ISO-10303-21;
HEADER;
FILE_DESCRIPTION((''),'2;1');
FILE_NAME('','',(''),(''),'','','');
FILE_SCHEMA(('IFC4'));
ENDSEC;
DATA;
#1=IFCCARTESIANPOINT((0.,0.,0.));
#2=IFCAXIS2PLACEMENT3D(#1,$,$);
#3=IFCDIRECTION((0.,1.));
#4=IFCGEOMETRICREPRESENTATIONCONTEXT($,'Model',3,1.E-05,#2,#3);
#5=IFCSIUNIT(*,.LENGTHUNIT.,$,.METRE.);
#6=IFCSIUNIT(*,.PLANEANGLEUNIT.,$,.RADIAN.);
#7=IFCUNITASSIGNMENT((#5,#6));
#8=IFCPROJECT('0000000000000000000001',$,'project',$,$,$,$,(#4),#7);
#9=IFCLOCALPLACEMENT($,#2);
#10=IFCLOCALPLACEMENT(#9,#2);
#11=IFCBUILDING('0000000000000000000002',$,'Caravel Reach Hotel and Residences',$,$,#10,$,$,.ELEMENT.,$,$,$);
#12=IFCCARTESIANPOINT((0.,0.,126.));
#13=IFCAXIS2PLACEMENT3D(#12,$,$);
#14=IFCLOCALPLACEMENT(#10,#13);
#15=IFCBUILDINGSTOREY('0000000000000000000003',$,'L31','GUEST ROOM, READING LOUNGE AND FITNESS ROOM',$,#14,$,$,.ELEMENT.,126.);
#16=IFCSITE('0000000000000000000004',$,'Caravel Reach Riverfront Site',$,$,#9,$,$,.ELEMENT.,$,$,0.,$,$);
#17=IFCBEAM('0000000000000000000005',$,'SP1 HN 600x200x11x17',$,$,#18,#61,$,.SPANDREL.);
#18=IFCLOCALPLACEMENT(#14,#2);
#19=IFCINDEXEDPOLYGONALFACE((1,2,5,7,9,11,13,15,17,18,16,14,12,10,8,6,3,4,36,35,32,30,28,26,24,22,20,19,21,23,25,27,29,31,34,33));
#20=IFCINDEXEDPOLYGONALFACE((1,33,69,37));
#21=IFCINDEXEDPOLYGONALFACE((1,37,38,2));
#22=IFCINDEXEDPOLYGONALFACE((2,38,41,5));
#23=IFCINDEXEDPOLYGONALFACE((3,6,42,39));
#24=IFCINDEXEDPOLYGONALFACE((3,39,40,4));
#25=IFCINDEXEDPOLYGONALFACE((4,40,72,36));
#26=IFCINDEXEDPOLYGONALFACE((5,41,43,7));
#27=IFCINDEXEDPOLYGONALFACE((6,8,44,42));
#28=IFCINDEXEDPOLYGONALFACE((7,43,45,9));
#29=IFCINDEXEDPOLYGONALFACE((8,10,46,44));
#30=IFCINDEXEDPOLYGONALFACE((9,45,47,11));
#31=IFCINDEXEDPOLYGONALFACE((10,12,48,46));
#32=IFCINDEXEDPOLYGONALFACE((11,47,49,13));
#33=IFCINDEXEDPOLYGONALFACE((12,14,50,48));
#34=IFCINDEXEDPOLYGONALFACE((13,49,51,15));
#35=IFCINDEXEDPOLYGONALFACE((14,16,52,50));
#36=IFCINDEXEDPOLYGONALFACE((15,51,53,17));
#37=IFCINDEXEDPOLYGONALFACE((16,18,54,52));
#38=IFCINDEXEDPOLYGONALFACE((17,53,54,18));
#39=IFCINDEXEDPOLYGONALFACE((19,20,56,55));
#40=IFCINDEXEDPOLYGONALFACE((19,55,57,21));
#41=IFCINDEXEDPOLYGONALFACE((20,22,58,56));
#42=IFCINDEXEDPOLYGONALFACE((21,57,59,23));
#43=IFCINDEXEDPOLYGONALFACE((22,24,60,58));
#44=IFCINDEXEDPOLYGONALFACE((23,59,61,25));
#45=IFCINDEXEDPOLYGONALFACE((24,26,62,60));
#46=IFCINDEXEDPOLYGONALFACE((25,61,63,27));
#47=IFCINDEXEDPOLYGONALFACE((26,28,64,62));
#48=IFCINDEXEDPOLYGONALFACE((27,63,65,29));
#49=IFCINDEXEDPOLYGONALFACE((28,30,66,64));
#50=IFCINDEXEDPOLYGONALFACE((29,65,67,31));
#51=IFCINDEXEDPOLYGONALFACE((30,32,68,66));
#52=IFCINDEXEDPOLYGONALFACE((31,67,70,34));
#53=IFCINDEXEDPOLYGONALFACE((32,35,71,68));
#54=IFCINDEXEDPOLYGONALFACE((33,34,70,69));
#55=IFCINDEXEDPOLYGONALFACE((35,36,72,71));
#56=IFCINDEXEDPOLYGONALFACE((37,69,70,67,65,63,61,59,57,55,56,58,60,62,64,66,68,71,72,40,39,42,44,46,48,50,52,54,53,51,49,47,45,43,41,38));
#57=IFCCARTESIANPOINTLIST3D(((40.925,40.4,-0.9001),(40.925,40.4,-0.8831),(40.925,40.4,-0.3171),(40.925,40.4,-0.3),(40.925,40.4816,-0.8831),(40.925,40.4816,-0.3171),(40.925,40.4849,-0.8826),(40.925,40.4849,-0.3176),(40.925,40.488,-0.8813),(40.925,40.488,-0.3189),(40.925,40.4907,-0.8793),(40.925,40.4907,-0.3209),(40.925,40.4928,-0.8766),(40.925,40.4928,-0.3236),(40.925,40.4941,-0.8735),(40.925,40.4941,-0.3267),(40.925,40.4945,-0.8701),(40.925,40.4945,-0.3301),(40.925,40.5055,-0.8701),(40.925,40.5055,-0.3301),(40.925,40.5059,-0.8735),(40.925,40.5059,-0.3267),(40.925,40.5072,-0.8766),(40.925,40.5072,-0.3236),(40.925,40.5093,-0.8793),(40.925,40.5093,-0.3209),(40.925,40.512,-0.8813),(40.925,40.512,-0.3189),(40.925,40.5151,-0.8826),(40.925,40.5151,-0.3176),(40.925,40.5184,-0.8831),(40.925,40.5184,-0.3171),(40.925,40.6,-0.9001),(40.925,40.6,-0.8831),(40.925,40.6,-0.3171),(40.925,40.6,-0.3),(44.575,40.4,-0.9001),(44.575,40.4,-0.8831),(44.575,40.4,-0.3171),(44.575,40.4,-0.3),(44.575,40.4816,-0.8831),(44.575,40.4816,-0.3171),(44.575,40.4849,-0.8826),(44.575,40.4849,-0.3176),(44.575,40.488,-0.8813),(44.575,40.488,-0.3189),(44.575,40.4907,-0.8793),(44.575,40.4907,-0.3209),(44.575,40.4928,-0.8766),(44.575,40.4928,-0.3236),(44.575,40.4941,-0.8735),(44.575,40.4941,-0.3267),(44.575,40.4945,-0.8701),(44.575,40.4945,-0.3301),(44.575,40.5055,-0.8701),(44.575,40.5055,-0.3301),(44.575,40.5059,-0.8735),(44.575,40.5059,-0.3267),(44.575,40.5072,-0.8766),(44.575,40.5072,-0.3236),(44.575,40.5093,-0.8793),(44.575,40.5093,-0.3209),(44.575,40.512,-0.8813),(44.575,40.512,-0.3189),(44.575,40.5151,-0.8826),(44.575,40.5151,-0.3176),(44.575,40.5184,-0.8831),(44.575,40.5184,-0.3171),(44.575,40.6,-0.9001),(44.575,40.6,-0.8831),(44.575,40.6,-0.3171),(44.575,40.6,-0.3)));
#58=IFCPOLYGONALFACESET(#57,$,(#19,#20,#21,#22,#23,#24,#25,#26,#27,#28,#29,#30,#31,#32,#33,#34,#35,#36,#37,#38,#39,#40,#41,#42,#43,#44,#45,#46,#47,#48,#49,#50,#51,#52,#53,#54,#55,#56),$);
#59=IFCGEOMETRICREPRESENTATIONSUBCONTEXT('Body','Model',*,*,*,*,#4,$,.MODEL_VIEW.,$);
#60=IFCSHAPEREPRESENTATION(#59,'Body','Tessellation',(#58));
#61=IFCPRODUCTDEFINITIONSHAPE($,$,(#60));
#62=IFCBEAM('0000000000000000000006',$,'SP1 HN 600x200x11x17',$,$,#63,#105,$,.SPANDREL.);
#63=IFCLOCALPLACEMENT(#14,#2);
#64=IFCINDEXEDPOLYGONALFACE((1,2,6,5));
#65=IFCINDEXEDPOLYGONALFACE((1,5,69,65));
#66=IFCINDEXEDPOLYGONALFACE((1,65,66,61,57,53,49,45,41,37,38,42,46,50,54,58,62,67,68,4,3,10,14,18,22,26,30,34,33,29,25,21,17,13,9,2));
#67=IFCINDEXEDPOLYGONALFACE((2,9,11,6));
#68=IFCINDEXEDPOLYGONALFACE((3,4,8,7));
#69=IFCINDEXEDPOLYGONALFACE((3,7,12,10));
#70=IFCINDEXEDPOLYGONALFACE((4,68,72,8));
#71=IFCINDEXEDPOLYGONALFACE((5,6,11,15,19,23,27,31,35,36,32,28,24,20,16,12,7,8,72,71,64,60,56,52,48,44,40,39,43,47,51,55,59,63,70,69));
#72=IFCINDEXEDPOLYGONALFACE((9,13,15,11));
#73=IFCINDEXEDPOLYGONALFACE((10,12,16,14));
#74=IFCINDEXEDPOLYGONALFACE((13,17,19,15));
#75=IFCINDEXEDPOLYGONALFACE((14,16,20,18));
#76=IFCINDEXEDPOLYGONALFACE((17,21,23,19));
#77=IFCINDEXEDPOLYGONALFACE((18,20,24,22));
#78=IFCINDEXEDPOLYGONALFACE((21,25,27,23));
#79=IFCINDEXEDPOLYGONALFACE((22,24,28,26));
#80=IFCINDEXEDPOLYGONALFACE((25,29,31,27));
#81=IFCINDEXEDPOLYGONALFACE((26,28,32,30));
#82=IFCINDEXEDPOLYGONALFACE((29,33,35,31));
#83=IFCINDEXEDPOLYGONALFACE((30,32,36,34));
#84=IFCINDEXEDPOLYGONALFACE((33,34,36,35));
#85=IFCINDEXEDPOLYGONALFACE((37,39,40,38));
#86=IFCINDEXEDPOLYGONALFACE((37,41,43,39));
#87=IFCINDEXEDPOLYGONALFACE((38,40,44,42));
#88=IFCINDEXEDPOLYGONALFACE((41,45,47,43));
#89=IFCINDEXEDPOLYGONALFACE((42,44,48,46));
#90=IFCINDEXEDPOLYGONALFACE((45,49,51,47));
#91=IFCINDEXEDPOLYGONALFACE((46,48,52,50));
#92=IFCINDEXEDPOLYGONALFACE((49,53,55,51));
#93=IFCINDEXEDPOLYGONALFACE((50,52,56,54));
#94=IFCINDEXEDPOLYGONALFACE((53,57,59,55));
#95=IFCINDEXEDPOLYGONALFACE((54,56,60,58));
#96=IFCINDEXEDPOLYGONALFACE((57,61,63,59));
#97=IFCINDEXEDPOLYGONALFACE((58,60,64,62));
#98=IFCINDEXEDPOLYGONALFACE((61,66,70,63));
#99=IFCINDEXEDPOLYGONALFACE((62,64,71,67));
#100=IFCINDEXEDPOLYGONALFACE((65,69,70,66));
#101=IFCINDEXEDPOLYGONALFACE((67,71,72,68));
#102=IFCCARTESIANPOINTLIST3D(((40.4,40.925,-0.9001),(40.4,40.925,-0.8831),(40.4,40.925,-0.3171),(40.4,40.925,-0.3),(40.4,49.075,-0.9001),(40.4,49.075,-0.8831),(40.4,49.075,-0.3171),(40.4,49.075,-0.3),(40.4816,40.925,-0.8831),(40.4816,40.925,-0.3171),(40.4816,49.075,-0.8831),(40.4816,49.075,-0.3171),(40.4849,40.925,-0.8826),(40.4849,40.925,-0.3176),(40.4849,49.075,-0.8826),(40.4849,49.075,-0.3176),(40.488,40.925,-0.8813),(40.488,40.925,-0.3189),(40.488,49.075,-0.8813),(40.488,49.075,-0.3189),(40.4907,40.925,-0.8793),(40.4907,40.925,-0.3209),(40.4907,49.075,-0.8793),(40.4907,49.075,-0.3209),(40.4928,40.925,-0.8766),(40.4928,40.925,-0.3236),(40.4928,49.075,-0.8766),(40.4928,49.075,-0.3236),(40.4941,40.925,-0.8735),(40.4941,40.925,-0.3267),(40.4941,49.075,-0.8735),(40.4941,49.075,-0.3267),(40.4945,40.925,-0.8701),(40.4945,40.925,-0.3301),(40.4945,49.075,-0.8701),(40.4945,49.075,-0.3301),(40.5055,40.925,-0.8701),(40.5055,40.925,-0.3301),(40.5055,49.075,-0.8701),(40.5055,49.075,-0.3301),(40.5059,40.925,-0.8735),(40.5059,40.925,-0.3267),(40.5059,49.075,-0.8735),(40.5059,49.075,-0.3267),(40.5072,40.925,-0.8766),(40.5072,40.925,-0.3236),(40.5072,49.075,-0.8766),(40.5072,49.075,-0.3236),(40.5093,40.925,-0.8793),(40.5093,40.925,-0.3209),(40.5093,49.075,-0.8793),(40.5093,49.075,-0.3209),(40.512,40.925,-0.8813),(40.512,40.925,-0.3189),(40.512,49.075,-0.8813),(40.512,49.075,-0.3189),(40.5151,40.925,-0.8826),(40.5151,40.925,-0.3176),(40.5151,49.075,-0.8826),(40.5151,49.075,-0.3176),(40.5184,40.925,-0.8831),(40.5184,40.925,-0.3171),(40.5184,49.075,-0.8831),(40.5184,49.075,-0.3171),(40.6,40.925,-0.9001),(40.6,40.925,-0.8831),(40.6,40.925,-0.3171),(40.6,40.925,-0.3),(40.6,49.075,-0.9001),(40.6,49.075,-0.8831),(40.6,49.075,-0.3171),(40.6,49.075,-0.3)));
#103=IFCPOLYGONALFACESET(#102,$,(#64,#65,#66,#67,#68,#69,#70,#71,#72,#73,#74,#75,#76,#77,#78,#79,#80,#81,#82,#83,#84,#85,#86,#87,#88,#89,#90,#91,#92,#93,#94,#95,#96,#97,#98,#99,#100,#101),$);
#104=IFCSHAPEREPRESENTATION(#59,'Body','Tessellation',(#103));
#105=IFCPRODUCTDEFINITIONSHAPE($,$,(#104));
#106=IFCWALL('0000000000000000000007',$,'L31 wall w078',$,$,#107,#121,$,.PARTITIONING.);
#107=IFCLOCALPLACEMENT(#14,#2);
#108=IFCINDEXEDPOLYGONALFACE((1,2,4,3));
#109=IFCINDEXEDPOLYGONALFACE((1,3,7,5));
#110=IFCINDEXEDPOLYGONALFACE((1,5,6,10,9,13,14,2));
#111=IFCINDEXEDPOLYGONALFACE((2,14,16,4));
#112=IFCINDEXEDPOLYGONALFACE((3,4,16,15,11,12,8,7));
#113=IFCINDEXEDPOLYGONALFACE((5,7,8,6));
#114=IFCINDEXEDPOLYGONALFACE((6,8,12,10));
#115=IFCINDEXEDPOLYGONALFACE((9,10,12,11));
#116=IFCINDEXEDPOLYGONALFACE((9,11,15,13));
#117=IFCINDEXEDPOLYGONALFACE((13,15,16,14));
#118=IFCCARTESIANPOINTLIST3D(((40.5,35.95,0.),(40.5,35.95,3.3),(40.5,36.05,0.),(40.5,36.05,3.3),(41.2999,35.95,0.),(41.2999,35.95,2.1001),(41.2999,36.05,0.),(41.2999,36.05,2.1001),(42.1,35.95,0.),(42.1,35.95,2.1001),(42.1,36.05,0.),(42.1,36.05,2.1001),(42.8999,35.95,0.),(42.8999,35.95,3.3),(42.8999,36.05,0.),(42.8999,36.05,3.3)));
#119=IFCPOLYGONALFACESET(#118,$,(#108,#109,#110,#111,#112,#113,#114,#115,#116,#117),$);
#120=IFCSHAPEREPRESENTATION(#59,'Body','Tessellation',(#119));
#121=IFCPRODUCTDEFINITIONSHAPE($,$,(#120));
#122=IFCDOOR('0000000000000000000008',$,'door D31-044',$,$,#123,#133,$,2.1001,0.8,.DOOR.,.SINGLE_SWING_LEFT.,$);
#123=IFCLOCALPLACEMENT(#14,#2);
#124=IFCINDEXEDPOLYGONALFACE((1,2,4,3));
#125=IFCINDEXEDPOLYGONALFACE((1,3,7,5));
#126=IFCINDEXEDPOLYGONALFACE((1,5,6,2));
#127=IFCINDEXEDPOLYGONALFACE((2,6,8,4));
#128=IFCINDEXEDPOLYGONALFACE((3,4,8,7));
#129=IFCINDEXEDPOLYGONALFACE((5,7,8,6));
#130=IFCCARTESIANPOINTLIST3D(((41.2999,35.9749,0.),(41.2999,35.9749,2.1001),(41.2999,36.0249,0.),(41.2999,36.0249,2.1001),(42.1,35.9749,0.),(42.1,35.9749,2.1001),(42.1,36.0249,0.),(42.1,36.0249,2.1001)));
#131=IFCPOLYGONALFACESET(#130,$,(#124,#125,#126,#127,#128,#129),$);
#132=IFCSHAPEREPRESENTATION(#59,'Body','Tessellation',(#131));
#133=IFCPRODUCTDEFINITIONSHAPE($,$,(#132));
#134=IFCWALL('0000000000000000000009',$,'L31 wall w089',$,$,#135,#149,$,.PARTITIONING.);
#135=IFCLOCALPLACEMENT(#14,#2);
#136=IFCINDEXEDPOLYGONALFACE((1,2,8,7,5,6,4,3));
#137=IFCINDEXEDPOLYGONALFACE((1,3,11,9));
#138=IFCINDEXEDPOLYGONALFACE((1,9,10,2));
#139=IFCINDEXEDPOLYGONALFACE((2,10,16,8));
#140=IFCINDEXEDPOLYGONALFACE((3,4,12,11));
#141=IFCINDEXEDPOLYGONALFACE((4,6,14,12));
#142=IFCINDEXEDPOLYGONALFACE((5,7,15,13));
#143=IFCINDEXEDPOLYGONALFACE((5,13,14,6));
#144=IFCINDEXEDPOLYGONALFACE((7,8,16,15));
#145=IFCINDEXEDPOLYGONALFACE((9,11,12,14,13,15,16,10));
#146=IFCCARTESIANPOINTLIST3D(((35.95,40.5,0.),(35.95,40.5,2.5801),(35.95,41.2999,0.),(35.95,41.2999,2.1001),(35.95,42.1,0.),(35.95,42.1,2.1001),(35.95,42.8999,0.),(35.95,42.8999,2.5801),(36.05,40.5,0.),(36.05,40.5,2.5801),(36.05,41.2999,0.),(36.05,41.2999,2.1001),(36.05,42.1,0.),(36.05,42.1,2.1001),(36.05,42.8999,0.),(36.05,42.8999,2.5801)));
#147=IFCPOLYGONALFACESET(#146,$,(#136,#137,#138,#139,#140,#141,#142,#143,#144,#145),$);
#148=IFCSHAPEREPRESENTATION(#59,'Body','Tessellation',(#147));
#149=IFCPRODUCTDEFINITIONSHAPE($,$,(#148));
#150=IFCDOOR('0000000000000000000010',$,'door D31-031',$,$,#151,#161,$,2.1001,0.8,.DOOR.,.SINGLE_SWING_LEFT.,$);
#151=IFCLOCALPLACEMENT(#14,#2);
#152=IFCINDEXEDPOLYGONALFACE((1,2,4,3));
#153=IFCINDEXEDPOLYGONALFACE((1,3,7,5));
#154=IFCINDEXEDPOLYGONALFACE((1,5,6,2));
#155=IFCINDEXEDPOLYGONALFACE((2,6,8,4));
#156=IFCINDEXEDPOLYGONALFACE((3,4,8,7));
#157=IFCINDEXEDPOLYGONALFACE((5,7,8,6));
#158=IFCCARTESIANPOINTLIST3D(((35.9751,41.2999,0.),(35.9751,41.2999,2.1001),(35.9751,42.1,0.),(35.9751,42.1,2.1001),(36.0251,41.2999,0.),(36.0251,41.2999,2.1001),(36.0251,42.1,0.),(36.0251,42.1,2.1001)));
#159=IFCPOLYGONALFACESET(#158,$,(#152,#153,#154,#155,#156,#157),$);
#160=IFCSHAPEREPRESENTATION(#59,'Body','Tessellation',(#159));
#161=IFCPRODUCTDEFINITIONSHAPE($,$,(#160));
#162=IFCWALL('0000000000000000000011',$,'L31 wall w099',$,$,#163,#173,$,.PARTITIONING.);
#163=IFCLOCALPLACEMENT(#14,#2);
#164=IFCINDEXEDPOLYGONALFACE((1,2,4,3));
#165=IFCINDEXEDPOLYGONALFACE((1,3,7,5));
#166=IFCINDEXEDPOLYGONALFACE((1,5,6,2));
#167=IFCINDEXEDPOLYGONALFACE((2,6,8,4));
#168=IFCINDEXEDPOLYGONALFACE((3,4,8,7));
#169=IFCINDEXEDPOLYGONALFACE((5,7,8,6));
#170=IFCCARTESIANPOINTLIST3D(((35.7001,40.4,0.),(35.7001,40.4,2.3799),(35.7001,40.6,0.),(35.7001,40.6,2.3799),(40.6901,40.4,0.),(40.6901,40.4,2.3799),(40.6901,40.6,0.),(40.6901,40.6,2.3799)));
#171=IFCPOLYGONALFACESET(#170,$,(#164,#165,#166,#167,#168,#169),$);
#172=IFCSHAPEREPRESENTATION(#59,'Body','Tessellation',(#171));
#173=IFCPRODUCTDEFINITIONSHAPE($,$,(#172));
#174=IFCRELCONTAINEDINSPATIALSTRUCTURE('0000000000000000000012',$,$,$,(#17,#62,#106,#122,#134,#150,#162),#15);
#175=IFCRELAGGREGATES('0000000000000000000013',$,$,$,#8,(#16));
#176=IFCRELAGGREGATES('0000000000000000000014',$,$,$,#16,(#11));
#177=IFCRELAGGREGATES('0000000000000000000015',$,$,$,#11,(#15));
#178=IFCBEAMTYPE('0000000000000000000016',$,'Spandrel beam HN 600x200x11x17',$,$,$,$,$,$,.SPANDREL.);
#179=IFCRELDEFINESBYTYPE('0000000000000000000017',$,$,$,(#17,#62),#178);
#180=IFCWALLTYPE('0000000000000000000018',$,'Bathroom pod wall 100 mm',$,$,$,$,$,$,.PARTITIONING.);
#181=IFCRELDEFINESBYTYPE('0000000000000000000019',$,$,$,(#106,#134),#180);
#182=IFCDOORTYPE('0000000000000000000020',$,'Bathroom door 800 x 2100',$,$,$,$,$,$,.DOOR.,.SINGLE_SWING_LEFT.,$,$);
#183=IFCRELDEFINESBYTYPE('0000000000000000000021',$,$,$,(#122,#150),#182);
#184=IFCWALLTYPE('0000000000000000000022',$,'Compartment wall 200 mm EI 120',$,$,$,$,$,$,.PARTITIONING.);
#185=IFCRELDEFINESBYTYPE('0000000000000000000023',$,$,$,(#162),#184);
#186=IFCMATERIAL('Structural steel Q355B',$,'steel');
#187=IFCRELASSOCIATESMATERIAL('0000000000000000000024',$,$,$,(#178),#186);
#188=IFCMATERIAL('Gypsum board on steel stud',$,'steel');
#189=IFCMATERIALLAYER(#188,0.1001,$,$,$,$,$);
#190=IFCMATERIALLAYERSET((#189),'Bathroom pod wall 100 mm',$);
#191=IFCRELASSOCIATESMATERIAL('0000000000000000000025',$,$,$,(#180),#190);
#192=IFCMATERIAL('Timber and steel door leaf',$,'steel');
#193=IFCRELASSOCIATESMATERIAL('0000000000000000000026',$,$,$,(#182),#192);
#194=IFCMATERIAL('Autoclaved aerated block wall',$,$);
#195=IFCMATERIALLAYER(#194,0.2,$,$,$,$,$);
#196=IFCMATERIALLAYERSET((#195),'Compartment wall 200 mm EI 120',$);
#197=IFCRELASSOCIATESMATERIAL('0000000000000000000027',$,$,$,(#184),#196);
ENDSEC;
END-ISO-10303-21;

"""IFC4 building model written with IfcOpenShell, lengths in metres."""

from ifc_helpers import new_model, si_unit, direction, frame, frame_2d, origin, origin_2d, place, context, subcontext, project, spatial, rectangle, i_section, extrude, material, layer, layer_set, material_profile, profile_set, type_object, element, fill, save


model = new_model("IFC4")

# Units and contexts
model_context = context("Model", 3, precision=1e-05, world=origin(), true_north=direction((0.0, 1.0)))
body_context = subcontext(model_context, "Body", "Model", "MODEL_VIEW")
ifc_project = project(units=[si_unit("LENGTHUNIT", "METRE"), si_unit("PLANEANGLEUNIT", "RADIAN")], contexts=[model_context])

# Site, building, storey
site_placement = place(None, origin())
site = spatial("IfcSite", under=ifc_project, at=site_placement, Name="Caravel Reach Riverfront Site", CompositionType="ELEMENT", RefElevation=0.0)
building_placement = place(site_placement, origin())
building = spatial("IfcBuilding", under=site, at=building_placement, Name="Caravel Reach Hotel and Residences", CompositionType="ELEMENT")
storey_placement = place(building_placement, frame((0.0, 0.0, 126.0)))
storey = spatial("IfcBuildingStorey", under=building, at=storey_placement, Name="L31", Description="GUEST ROOM, READING LOUNGE AND FITNESS ROOM", CompositionType="ELEMENT", Elevation=126.0)

# Beams
ifc_material_1 = material(Name="Structural steel Q355B", Category="steel")
ifc_material_profile_1 = material_profile(ifc_material_1, i_section(OverallWidth=0.2, OverallDepth=0.6001, WebThickness=0.011, FlangeThickness=0.0171, FilletRadius=0.0129, at=origin_2d()), Name="HN 600x200x11x17")
ifc_profile_set_1 = profile_set([ifc_material_profile_1], Name="Structural steel Q355B")
beam_type_1 = type_object("IfcBeamType", Name="Spandrel beam HN 600x200x11x17", PredefinedType="SPANDREL", material=ifc_profile_set_1)
beam_1_placement = place(storey_placement, frame((44.575, 40.5, -0.6001), z_axis=(-1.0, 0.0, 0.0), x_axis=(0.0, -1.0, 0.0)))
element("IfcBeam", 1, at=beam_1_placement, inside=storey, type_object=beam_type_1, Name="SP1 HN 600x200x11x17", PredefinedType="SPANDREL", context=body_context, shape_type="SweptSolid", body=[
    extrude(i_section(OverallWidth=0.2, OverallDepth=0.6001, WebThickness=0.011, FlangeThickness=0.0171, FilletRadius=0.0129, at=origin_2d()), origin(), (0.0, 0.0, 1.0), 3.6499),
])
beam_2_placement = place(storey_placement, frame((40.5, 40.925, -0.6001), z_axis=(0.0, 1.0, 0.0), x_axis=(-1.0, 0.0, 0.0)))
element("IfcBeam", 2, at=beam_2_placement, inside=storey, type_object=beam_type_1, Name="SP1 HN 600x200x11x17", PredefinedType="SPANDREL", context=body_context, shape_type="SweptSolid", body=[
    extrude(i_section(OverallWidth=0.2, OverallDepth=0.6001, WebThickness=0.011, FlangeThickness=0.0171, FilletRadius=0.0129, at=origin_2d()), origin(), (0.0, 0.0, 1.0), 8.1499),
])

# Walls, openings, doors
ifc_material_2 = material(Name="Gypsum board on steel stud", Category="steel")
ifc_layer_1 = layer(ifc_material_2, 0.1001)
ifc_layer_set_1 = layer_set([ifc_layer_1], Name="Bathroom pod wall 100 mm")
wall_type_1 = type_object("IfcWallType", Name="Bathroom pod wall 100 mm", PredefinedType="PARTITIONING", material=ifc_layer_set_1)
wall_1_placement = place(storey_placement, frame((40.5, 36.0, 0.0), z_axis=(0.0, 0.0, 1.0), x_axis=(1.0, 0.0, 0.0)))
wall_1 = element("IfcWall", 3, at=wall_1_placement, inside=storey, type_object=wall_type_1, Name="L31 wall w078", PredefinedType="PARTITIONING", context=body_context, shape_type="SweptSolid", body=[
    extrude(rectangle(XDim=2.3999, YDim=0.1001, at=frame_2d((1.2, 0.0))), origin(), (0.0, 0.0, 1.0), 3.3),
])
opening_1_placement = place(wall_1_placement, frame((0.8, 0.0, 0.0)))
opening_1 = element("IfcOpeningElement", 4, at=opening_1_placement, cuts=wall_1, PredefinedType="OPENING", context=body_context, shape_type="SweptSolid", body=[
    extrude(rectangle(XDim=0.8, YDim=2.1001, at=frame_2d((0.3999, 1.05))), frame((0.0, 0.0601, 0.0), z_axis=(0.0, -1.0, 0.0), x_axis=(1.0, 0.0, 0.0)), (0.0, 0.0, 1.0), 0.1201),
])
ifc_material_3 = material(Name="Timber and steel door leaf", Category="steel")
door_type = type_object("IfcDoorType", Name="Bathroom door 800 x 2100", OperationType="SINGLE_SWING_LEFT", PredefinedType="DOOR", material=ifc_material_3)
door_1_placement = place(opening_1_placement, origin())
door_1 = element("IfcDoor", 5, at=door_1_placement, inside=storey, type_object=door_type, Name="door D31-044", OperationType="SINGLE_SWING_LEFT", OverallHeight=2.1001, OverallWidth=0.8, PredefinedType="DOOR", context=body_context, shape_type="SweptSolid", body=[
    extrude(rectangle(XDim=0.8, YDim=2.1001, at=frame_2d((0.3999, 1.05))), frame((0.0, 0.0249, 0.0), z_axis=(0.0, -1.0, 0.0), x_axis=(1.0, 0.0, 0.0)), (0.0, 0.0, 1.0), 0.05),
])
fill(opening_1, door_1)
wall_2_placement = place(storey_placement, frame((36.0, 40.5, 0.0), z_axis=(0.0, 0.0, 1.0), x_axis=(0.0, 1.0, 0.0)))
wall_2 = element("IfcWall", 6, at=wall_2_placement, inside=storey, type_object=wall_type_1, Name="L31 wall w089", PredefinedType="PARTITIONING", context=body_context, shape_type="SweptSolid", body=[
    extrude(rectangle(XDim=2.3999, YDim=0.1001, at=frame_2d((1.2, 0.0))), origin(), (0.0, 0.0, 1.0), 2.5801),
])
opening_2_placement = place(wall_2_placement, frame((0.8, 0.0, 0.0)))
opening_2 = element("IfcOpeningElement", 7, at=opening_2_placement, cuts=wall_2, PredefinedType="OPENING", context=body_context, shape_type="SweptSolid", body=[
    extrude(rectangle(XDim=0.8, YDim=2.1001, at=frame_2d((0.3999, 1.05))), frame((0.0, 0.0601, 0.0), z_axis=(0.0, -1.0, 0.0), x_axis=(1.0, 0.0, 0.0)), (0.0, 0.0, 1.0), 0.1201),
])
door_2_placement = place(opening_2_placement, origin())
door_2 = element("IfcDoor", 8, at=door_2_placement, inside=storey, type_object=door_type, Name="door D31-031", OperationType="SINGLE_SWING_LEFT", OverallHeight=2.1001, OverallWidth=0.8, PredefinedType="DOOR", context=body_context, shape_type="SweptSolid", body=[
    extrude(rectangle(XDim=0.8, YDim=2.1001, at=frame_2d((0.3999, 1.05))), frame((0.0, 0.0249, 0.0), z_axis=(0.0, -1.0, 0.0), x_axis=(1.0, 0.0, 0.0)), (0.0, 0.0, 1.0), 0.05),
])
fill(opening_2, door_2)

# Wall
ifc_material_4 = material(Name="Autoclaved aerated block wall")
ifc_layer_2 = layer(ifc_material_4, 0.2)
ifc_layer_set_2 = layer_set([ifc_layer_2], Name="Compartment wall 200 mm EI 120")
wall_type_2 = type_object("IfcWallType", Name="Compartment wall 200 mm EI 120", PredefinedType="PARTITIONING", material=ifc_layer_set_2)
wall_3_placement = place(storey_placement, frame((35.7, 40.5, 0.0), z_axis=(0.0, 0.0, 1.0), x_axis=(1.0, 0.0, 0.0)))
element("IfcWall", 9, at=wall_3_placement, inside=storey, type_object=wall_type_2, Name="L31 wall w099", PredefinedType="PARTITIONING", context=body_context, shape_type="SweptSolid", body=[
    extrude(rectangle(XDim=4.99, YDim=0.2, at=frame_2d((2.4951, 0.0))), origin(), (0.0, 0.0, 1.0), 2.3799),
])

save(model, "model.ifc")
